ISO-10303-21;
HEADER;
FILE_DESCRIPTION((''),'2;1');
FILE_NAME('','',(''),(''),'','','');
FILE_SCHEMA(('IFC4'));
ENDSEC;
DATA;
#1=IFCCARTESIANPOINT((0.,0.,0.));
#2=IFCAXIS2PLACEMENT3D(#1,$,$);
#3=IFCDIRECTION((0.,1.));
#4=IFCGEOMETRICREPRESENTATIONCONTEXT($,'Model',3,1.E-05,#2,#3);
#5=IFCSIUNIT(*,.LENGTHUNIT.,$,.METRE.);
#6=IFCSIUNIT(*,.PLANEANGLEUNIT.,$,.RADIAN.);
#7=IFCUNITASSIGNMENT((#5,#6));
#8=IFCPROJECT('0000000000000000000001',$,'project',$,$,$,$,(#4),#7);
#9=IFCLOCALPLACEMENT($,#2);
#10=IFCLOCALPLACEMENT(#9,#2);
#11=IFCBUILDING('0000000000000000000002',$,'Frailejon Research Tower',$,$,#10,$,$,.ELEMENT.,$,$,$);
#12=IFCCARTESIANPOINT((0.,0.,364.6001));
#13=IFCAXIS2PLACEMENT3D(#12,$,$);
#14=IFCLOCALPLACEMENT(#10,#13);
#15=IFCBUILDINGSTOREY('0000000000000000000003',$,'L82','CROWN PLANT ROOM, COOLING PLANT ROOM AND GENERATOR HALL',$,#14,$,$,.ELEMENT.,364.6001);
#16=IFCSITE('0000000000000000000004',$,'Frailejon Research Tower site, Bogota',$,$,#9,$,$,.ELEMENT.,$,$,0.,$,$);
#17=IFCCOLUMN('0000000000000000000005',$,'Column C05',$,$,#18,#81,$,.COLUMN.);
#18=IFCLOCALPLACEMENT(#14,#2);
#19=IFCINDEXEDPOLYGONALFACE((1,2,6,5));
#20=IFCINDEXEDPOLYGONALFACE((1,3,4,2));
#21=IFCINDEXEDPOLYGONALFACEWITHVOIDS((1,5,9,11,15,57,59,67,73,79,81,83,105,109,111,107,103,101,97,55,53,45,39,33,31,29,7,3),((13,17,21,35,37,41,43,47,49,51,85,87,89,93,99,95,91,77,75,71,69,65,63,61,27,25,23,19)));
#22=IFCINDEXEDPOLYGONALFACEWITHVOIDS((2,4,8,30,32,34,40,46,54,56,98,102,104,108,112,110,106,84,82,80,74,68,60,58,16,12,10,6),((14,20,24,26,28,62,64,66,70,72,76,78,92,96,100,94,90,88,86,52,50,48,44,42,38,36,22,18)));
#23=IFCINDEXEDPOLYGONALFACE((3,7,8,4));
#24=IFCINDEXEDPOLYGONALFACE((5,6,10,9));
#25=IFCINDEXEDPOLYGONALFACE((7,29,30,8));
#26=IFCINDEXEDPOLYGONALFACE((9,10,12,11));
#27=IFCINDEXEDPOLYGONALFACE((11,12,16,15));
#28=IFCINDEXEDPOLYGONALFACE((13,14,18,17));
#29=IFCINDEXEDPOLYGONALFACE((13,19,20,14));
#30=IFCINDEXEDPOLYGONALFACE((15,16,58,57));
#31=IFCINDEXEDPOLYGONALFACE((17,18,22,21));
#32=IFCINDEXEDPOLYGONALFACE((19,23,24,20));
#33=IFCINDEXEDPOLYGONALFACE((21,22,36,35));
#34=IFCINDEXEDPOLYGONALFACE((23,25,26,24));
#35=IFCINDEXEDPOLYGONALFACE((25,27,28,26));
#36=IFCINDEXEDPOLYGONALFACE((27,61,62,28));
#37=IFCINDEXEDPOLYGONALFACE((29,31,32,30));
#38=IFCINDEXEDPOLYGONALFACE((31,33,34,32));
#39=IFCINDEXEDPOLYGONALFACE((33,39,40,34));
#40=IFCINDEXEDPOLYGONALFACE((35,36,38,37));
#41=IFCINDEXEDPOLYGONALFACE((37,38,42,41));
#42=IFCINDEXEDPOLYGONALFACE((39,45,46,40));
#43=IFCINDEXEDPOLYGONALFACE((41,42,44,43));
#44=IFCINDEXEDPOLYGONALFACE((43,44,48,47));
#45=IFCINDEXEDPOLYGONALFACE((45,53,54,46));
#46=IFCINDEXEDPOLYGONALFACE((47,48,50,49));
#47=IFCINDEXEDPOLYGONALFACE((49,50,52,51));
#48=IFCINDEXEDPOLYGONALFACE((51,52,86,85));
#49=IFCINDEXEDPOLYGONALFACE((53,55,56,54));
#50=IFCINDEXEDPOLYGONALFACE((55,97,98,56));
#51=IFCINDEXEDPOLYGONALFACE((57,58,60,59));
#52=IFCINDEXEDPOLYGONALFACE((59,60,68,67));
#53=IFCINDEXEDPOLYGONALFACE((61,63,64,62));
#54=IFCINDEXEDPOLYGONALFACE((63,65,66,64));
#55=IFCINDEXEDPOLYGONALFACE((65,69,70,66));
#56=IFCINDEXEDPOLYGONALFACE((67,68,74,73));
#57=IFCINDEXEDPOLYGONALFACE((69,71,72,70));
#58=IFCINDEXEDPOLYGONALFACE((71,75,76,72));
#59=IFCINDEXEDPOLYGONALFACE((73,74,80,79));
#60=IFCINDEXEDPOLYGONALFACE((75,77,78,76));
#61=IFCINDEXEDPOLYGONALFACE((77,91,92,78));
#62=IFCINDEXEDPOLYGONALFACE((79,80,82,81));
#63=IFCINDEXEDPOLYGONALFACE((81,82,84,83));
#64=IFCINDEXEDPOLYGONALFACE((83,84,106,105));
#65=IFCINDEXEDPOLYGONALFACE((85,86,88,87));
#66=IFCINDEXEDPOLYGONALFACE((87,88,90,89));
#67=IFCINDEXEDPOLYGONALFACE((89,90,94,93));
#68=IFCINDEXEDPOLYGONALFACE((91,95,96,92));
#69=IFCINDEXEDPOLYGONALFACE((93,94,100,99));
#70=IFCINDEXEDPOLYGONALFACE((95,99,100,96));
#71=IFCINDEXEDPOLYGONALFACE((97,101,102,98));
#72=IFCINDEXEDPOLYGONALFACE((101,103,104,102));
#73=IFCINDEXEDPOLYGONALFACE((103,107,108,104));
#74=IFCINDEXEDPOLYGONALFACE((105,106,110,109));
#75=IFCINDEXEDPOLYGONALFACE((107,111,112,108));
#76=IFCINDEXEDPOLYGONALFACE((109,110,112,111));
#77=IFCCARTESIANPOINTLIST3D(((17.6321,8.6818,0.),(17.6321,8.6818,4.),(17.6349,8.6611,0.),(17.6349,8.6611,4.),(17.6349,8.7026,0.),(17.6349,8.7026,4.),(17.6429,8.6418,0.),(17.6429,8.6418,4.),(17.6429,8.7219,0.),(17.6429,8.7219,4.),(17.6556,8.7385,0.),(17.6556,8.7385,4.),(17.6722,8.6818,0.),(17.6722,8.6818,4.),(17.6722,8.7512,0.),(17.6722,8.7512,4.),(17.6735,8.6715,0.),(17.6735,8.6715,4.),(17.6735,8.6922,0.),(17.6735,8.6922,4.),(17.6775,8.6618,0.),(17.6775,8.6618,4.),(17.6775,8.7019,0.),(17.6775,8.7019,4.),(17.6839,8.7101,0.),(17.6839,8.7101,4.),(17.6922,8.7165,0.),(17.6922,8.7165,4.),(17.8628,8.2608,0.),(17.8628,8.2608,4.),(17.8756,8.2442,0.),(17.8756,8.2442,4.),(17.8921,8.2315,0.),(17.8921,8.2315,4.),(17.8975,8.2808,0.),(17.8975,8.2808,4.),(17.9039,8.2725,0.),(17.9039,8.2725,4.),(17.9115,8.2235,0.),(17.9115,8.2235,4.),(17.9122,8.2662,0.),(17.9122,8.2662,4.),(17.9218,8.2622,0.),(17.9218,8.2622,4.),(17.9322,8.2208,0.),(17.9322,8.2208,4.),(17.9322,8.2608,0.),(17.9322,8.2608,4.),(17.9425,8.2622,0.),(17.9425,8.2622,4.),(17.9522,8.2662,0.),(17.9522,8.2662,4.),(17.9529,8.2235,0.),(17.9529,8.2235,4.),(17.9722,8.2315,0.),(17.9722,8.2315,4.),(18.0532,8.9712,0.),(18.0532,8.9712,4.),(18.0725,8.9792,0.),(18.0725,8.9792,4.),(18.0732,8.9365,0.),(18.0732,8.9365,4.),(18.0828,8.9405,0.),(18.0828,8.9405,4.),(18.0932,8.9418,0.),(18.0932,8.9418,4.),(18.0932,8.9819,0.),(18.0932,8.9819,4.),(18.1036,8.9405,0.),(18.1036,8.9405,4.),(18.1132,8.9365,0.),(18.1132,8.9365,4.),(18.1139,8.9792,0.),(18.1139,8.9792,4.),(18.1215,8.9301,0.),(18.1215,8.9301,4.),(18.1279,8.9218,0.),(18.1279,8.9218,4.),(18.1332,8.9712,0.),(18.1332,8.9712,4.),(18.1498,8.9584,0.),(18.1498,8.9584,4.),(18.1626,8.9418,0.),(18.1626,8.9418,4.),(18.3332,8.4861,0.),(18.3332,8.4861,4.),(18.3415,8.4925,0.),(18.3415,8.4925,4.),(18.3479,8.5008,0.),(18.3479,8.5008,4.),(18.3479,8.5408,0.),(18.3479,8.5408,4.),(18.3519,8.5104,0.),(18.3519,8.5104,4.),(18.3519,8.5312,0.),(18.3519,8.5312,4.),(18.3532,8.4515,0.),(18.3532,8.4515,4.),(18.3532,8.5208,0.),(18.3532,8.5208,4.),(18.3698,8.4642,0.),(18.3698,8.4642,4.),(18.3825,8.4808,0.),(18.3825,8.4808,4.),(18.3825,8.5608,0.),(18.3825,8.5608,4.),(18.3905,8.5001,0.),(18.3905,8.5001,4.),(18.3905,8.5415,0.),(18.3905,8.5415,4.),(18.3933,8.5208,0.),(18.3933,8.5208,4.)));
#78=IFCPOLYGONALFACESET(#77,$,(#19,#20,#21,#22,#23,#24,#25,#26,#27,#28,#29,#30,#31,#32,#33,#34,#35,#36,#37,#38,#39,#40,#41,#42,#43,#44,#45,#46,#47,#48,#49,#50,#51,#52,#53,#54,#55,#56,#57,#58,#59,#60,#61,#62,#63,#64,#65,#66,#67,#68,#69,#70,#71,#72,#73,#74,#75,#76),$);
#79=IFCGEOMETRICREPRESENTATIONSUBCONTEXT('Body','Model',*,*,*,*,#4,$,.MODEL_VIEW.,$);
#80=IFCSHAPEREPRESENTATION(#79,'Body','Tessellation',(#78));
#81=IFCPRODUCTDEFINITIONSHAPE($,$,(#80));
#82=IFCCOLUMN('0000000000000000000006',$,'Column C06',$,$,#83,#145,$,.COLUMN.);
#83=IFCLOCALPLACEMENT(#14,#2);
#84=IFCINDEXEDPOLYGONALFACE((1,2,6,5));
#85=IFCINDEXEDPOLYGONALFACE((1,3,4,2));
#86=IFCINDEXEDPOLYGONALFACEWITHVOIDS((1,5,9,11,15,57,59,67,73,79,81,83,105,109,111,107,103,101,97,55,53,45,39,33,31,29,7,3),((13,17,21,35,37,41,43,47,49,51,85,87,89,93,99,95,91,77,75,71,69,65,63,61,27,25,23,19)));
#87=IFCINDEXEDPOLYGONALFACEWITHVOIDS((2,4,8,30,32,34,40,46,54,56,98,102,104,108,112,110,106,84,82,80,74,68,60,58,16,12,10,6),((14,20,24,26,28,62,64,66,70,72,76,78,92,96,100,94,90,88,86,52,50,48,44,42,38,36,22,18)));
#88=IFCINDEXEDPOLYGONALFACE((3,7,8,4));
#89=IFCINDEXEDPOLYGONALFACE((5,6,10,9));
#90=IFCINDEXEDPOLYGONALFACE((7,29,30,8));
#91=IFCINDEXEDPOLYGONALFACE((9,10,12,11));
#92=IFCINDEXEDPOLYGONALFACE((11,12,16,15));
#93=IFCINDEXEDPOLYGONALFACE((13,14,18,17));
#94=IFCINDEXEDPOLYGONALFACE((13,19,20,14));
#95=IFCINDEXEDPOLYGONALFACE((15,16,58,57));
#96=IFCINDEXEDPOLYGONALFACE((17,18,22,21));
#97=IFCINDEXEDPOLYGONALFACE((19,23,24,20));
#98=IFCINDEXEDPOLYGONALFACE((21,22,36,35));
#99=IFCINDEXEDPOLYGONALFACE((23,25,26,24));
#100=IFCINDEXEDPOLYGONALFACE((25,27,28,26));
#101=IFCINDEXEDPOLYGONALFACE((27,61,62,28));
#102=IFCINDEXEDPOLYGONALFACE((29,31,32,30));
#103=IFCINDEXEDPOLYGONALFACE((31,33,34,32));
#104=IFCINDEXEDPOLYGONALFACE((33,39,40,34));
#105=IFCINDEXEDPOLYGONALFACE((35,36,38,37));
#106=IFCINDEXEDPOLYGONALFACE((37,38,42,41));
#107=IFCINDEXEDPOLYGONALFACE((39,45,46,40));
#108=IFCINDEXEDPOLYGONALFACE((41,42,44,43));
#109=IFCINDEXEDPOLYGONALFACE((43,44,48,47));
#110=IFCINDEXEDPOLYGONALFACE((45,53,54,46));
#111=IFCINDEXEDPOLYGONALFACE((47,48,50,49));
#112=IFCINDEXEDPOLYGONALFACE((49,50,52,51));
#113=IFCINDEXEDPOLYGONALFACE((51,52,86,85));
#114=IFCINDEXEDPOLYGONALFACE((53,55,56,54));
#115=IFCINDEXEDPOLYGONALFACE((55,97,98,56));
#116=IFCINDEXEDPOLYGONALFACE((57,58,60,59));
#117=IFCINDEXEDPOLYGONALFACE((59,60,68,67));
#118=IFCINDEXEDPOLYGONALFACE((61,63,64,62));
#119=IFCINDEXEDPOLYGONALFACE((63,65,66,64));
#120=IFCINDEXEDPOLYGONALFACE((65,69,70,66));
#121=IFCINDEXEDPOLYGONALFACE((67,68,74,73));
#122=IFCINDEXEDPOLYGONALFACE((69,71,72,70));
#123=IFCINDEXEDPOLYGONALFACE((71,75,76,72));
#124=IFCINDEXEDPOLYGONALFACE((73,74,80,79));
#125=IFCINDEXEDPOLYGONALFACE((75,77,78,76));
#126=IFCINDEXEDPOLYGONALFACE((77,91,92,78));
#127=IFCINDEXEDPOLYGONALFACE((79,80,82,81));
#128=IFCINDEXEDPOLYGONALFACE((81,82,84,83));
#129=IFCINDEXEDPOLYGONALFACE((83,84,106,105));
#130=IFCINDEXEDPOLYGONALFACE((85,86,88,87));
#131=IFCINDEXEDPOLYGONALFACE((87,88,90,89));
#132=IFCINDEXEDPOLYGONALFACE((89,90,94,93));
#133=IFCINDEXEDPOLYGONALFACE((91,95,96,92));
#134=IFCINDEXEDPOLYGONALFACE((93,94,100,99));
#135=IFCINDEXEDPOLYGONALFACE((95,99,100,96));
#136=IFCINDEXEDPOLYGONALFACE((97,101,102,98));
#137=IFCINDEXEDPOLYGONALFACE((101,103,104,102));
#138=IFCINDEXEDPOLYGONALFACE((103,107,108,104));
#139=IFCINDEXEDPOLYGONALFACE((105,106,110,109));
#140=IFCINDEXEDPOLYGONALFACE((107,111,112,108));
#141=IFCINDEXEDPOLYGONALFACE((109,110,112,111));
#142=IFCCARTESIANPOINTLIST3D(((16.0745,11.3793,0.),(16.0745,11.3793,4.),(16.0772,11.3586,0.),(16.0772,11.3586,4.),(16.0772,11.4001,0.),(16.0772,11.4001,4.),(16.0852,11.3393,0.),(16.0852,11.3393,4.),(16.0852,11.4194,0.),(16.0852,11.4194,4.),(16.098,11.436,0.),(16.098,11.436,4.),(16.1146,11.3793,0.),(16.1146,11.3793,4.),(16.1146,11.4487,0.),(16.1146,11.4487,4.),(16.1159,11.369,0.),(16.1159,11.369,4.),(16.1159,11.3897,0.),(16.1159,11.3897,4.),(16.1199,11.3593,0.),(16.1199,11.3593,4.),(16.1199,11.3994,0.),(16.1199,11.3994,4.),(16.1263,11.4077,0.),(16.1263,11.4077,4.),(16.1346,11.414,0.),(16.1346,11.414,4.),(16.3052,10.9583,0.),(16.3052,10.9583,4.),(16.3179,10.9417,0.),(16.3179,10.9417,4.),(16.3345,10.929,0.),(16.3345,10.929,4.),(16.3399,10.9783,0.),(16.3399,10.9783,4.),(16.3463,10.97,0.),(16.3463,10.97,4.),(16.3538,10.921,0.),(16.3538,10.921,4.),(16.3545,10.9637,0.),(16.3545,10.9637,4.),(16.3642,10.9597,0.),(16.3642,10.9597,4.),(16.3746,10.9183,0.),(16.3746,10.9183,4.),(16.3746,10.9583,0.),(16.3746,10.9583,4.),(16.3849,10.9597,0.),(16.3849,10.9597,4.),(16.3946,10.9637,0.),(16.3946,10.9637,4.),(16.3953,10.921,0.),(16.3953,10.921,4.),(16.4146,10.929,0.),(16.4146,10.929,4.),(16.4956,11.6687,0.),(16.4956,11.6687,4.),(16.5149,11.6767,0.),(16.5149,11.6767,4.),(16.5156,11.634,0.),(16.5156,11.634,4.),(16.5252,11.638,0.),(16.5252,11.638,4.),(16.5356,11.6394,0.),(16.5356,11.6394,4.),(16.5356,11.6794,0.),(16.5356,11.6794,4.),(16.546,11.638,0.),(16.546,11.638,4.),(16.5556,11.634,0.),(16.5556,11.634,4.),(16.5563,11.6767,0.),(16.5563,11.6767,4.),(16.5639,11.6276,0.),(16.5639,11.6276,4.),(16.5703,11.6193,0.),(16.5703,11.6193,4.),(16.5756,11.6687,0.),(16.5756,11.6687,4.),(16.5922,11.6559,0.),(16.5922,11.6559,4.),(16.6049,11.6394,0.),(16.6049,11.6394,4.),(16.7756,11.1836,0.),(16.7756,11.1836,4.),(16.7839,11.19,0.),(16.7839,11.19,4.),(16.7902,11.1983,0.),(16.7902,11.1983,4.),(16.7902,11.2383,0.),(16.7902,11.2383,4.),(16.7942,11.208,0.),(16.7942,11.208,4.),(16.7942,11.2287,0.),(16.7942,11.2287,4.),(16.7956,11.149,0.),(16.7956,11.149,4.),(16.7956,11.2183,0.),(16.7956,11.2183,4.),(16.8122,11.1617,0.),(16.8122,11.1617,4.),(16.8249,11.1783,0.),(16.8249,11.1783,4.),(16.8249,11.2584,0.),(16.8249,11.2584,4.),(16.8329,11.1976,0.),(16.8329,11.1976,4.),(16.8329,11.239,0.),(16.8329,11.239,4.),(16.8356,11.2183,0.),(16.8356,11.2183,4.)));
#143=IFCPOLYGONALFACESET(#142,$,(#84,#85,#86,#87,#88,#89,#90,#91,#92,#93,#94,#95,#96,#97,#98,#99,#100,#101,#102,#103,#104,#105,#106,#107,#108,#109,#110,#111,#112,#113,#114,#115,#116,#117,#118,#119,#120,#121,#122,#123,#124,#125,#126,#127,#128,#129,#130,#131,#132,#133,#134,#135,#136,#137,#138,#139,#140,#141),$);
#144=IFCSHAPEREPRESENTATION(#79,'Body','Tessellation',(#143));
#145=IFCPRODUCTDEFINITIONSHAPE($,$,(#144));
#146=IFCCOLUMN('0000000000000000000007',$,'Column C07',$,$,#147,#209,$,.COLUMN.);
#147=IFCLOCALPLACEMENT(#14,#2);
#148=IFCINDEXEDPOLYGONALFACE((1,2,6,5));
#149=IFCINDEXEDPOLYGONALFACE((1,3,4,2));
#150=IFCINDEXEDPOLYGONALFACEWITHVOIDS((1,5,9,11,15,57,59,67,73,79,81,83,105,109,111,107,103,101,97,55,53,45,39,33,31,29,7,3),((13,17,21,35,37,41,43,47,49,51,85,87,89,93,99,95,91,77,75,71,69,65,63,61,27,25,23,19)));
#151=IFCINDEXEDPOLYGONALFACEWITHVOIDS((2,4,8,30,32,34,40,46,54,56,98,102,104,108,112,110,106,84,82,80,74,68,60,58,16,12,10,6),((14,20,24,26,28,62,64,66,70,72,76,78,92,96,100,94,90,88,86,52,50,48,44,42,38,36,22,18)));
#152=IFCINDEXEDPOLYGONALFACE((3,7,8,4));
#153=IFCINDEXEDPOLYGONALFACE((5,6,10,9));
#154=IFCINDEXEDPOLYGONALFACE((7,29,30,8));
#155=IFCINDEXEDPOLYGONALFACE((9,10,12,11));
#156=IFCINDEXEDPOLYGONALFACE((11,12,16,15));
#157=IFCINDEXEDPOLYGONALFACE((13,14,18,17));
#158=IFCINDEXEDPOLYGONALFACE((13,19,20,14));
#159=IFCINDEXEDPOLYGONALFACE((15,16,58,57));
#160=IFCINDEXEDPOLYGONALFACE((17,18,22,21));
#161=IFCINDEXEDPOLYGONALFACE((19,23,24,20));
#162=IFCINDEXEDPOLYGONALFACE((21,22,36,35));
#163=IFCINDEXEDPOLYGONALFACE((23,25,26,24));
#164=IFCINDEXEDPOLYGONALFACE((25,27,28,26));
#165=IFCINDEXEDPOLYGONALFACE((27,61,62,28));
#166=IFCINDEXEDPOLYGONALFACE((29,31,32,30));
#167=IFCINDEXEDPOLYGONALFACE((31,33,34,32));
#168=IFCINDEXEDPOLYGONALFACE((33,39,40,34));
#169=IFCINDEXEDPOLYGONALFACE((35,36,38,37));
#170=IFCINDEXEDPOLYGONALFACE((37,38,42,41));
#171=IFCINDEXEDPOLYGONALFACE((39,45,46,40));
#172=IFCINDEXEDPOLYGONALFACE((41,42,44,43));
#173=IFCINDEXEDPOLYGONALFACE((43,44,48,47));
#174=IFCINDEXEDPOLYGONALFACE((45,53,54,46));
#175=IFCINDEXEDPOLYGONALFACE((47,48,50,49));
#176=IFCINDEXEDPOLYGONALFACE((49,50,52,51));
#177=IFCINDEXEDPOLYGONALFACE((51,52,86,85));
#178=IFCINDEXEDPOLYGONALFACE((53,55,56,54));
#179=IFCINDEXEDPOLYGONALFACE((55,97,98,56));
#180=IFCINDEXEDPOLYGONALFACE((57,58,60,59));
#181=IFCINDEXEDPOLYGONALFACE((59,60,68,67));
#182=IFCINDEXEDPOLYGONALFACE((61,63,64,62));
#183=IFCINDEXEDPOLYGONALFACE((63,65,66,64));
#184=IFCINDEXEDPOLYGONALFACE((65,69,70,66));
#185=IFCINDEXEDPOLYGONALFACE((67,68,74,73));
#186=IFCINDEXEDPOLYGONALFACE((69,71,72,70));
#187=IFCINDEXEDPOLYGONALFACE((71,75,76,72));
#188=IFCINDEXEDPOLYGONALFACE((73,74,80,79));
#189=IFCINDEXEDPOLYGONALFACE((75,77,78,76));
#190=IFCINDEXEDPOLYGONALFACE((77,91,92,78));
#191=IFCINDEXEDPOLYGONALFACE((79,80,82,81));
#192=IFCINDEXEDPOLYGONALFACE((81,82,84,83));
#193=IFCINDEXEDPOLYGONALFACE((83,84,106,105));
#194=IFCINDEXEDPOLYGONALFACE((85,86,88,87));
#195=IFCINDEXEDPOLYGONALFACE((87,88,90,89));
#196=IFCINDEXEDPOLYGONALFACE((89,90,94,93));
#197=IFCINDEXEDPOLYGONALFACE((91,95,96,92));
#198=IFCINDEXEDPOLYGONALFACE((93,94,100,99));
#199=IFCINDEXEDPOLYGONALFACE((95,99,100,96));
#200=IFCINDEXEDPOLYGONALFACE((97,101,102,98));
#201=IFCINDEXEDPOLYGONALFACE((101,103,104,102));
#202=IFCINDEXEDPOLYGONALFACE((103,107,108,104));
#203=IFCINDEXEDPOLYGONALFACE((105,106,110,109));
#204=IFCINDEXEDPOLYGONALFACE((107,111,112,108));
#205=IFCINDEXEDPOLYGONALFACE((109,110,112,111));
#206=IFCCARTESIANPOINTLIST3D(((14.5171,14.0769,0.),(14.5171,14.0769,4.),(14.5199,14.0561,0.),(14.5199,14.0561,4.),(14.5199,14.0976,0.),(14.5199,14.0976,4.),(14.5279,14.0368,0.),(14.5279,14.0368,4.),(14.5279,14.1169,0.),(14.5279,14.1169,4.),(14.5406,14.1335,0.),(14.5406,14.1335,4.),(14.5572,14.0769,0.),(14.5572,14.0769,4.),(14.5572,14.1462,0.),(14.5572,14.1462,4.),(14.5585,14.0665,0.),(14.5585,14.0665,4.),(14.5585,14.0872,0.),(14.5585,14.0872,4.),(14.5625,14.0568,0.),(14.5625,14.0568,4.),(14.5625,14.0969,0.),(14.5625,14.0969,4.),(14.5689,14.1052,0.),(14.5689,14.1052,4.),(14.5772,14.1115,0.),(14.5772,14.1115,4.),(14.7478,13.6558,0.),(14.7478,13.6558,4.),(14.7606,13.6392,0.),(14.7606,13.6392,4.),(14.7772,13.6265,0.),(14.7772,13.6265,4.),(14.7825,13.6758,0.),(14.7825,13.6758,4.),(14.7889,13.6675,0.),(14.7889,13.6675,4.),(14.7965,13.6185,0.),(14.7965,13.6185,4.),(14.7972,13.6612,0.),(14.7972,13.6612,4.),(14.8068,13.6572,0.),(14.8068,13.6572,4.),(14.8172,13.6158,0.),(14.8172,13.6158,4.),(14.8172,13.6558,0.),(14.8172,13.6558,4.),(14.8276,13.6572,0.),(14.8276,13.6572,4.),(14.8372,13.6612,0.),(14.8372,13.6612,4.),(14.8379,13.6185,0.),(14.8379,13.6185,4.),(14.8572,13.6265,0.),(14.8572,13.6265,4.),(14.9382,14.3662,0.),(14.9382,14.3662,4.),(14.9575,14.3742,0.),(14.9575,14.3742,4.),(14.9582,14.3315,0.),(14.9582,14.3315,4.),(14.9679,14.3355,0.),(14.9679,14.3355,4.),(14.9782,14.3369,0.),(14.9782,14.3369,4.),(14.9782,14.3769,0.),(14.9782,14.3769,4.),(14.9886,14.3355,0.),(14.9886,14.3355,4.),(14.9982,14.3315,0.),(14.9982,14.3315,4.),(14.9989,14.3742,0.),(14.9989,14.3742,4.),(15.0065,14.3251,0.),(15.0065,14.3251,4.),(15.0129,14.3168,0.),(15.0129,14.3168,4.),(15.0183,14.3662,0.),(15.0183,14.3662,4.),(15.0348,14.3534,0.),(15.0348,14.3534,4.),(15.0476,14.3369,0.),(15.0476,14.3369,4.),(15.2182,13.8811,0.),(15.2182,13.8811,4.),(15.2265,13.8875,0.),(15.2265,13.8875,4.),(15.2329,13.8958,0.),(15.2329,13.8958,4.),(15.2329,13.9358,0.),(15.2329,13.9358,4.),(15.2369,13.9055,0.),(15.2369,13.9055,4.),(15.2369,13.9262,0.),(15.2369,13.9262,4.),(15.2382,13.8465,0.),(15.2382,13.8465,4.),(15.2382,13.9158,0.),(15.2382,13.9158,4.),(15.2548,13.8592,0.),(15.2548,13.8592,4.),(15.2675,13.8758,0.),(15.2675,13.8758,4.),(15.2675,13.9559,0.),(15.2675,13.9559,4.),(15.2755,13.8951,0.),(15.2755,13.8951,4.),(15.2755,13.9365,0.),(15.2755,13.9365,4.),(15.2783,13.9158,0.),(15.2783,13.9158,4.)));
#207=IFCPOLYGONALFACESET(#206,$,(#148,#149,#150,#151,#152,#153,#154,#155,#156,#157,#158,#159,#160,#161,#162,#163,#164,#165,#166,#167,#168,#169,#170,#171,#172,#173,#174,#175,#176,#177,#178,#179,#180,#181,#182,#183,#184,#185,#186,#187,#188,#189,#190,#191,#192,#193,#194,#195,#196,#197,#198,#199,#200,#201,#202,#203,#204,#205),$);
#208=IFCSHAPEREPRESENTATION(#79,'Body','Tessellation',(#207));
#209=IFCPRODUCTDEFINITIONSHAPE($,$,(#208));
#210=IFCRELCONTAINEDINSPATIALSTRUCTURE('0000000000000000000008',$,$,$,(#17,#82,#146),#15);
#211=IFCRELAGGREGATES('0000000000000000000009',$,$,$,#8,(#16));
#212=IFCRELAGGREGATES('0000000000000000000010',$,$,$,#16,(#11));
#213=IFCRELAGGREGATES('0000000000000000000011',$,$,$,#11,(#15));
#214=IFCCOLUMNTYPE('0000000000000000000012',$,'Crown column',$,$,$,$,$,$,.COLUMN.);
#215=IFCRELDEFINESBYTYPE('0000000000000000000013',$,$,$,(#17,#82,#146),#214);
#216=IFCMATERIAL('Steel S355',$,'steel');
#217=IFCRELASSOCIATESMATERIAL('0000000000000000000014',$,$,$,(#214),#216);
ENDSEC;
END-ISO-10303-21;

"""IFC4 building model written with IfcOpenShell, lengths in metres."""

from ifc_helpers import new_model, si_unit, direction, frame, origin, origin_2d, place, context, subcontext, project, spatial, hollow_rectangle, extrude, material, material_profile, profile_set, type_object, element, save


model = new_model("IFC4")

# Units and contexts
model_context = context("Model", 3, precision=1e-05, world=origin(), true_north=direction((0.0, 1.0)))
body_context = subcontext(model_context, "Body", "Model", "MODEL_VIEW")
ifc_project = project(units=[si_unit("LENGTHUNIT", "METRE"), si_unit("PLANEANGLEUNIT", "RADIAN")], contexts=[model_context])

# Site, building, storey
site_placement = place(None, origin())
site = spatial("IfcSite", under=ifc_project, at=site_placement, Name="Frailejon Research Tower site, Bogota", CompositionType="ELEMENT", RefElevation=0.0)
building_placement = place(site_placement, origin())
building = spatial("IfcBuilding", under=site, at=building_placement, Name="Frailejon Research Tower", CompositionType="ELEMENT")
storey_placement = place(building_placement, frame((0.0, 0.0, 364.6001)))
storey = spatial("IfcBuildingStorey", under=building, at=storey_placement, Name="L82", Description="CROWN PLANT ROOM, COOLING PLANT ROOM AND GENERATOR HALL", CompositionType="ELEMENT", Elevation=364.6001)

# Columns
ifc_material_1 = material(Name="Steel S355", Category="steel")
ifc_material_profile_1 = material_profile(ifc_material_1, hollow_rectangle(XDim=0.6001, YDim=0.6001, WallThickness=0.04, InnerFilletRadius=0.04, OuterFilletRadius=0.0801, at=origin_2d()), Name="Crown column")
ifc_profile_set_1 = profile_set([ifc_material_profile_1], Name="Steel S355")
column_type = type_object("IfcColumnType", Name="Crown column", PredefinedType="COLUMN", material=ifc_profile_set_1)
for number, where, z_axis, x_axis, name in (
    (1, (18.0127, 8.6013, 0.0), (0.0, 0.0, 1.0), (-0.5, 0.866025, 0.0), "Column C05"),
    (2, (16.4551, 11.2988, 0.0), (0.0, 0.0, 1.0), (-0.5, 0.866025, 0.0), "Column C06"),
    (3, (14.8977, 13.9963, 0.0), (0.0, 0.0, 1.0), (-0.5, 0.866025, 0.0), "Column C07"),
):
    element("IfcColumn", number, at=place(storey_placement, frame(where, z_axis=z_axis, x_axis=x_axis)), inside=storey, type_object=column_type, Name=name, PredefinedType="COLUMN", context=body_context, shape_type="SweptSolid", body=[
        extrude(hollow_rectangle(XDim=0.6001, YDim=0.6001, WallThickness=0.04, InnerFilletRadius=0.04, OuterFilletRadius=0.0801, at=origin_2d()), origin(), (0.0, 0.0, 1.0), 4.0),
    ])

save(model, "model.ifc")
